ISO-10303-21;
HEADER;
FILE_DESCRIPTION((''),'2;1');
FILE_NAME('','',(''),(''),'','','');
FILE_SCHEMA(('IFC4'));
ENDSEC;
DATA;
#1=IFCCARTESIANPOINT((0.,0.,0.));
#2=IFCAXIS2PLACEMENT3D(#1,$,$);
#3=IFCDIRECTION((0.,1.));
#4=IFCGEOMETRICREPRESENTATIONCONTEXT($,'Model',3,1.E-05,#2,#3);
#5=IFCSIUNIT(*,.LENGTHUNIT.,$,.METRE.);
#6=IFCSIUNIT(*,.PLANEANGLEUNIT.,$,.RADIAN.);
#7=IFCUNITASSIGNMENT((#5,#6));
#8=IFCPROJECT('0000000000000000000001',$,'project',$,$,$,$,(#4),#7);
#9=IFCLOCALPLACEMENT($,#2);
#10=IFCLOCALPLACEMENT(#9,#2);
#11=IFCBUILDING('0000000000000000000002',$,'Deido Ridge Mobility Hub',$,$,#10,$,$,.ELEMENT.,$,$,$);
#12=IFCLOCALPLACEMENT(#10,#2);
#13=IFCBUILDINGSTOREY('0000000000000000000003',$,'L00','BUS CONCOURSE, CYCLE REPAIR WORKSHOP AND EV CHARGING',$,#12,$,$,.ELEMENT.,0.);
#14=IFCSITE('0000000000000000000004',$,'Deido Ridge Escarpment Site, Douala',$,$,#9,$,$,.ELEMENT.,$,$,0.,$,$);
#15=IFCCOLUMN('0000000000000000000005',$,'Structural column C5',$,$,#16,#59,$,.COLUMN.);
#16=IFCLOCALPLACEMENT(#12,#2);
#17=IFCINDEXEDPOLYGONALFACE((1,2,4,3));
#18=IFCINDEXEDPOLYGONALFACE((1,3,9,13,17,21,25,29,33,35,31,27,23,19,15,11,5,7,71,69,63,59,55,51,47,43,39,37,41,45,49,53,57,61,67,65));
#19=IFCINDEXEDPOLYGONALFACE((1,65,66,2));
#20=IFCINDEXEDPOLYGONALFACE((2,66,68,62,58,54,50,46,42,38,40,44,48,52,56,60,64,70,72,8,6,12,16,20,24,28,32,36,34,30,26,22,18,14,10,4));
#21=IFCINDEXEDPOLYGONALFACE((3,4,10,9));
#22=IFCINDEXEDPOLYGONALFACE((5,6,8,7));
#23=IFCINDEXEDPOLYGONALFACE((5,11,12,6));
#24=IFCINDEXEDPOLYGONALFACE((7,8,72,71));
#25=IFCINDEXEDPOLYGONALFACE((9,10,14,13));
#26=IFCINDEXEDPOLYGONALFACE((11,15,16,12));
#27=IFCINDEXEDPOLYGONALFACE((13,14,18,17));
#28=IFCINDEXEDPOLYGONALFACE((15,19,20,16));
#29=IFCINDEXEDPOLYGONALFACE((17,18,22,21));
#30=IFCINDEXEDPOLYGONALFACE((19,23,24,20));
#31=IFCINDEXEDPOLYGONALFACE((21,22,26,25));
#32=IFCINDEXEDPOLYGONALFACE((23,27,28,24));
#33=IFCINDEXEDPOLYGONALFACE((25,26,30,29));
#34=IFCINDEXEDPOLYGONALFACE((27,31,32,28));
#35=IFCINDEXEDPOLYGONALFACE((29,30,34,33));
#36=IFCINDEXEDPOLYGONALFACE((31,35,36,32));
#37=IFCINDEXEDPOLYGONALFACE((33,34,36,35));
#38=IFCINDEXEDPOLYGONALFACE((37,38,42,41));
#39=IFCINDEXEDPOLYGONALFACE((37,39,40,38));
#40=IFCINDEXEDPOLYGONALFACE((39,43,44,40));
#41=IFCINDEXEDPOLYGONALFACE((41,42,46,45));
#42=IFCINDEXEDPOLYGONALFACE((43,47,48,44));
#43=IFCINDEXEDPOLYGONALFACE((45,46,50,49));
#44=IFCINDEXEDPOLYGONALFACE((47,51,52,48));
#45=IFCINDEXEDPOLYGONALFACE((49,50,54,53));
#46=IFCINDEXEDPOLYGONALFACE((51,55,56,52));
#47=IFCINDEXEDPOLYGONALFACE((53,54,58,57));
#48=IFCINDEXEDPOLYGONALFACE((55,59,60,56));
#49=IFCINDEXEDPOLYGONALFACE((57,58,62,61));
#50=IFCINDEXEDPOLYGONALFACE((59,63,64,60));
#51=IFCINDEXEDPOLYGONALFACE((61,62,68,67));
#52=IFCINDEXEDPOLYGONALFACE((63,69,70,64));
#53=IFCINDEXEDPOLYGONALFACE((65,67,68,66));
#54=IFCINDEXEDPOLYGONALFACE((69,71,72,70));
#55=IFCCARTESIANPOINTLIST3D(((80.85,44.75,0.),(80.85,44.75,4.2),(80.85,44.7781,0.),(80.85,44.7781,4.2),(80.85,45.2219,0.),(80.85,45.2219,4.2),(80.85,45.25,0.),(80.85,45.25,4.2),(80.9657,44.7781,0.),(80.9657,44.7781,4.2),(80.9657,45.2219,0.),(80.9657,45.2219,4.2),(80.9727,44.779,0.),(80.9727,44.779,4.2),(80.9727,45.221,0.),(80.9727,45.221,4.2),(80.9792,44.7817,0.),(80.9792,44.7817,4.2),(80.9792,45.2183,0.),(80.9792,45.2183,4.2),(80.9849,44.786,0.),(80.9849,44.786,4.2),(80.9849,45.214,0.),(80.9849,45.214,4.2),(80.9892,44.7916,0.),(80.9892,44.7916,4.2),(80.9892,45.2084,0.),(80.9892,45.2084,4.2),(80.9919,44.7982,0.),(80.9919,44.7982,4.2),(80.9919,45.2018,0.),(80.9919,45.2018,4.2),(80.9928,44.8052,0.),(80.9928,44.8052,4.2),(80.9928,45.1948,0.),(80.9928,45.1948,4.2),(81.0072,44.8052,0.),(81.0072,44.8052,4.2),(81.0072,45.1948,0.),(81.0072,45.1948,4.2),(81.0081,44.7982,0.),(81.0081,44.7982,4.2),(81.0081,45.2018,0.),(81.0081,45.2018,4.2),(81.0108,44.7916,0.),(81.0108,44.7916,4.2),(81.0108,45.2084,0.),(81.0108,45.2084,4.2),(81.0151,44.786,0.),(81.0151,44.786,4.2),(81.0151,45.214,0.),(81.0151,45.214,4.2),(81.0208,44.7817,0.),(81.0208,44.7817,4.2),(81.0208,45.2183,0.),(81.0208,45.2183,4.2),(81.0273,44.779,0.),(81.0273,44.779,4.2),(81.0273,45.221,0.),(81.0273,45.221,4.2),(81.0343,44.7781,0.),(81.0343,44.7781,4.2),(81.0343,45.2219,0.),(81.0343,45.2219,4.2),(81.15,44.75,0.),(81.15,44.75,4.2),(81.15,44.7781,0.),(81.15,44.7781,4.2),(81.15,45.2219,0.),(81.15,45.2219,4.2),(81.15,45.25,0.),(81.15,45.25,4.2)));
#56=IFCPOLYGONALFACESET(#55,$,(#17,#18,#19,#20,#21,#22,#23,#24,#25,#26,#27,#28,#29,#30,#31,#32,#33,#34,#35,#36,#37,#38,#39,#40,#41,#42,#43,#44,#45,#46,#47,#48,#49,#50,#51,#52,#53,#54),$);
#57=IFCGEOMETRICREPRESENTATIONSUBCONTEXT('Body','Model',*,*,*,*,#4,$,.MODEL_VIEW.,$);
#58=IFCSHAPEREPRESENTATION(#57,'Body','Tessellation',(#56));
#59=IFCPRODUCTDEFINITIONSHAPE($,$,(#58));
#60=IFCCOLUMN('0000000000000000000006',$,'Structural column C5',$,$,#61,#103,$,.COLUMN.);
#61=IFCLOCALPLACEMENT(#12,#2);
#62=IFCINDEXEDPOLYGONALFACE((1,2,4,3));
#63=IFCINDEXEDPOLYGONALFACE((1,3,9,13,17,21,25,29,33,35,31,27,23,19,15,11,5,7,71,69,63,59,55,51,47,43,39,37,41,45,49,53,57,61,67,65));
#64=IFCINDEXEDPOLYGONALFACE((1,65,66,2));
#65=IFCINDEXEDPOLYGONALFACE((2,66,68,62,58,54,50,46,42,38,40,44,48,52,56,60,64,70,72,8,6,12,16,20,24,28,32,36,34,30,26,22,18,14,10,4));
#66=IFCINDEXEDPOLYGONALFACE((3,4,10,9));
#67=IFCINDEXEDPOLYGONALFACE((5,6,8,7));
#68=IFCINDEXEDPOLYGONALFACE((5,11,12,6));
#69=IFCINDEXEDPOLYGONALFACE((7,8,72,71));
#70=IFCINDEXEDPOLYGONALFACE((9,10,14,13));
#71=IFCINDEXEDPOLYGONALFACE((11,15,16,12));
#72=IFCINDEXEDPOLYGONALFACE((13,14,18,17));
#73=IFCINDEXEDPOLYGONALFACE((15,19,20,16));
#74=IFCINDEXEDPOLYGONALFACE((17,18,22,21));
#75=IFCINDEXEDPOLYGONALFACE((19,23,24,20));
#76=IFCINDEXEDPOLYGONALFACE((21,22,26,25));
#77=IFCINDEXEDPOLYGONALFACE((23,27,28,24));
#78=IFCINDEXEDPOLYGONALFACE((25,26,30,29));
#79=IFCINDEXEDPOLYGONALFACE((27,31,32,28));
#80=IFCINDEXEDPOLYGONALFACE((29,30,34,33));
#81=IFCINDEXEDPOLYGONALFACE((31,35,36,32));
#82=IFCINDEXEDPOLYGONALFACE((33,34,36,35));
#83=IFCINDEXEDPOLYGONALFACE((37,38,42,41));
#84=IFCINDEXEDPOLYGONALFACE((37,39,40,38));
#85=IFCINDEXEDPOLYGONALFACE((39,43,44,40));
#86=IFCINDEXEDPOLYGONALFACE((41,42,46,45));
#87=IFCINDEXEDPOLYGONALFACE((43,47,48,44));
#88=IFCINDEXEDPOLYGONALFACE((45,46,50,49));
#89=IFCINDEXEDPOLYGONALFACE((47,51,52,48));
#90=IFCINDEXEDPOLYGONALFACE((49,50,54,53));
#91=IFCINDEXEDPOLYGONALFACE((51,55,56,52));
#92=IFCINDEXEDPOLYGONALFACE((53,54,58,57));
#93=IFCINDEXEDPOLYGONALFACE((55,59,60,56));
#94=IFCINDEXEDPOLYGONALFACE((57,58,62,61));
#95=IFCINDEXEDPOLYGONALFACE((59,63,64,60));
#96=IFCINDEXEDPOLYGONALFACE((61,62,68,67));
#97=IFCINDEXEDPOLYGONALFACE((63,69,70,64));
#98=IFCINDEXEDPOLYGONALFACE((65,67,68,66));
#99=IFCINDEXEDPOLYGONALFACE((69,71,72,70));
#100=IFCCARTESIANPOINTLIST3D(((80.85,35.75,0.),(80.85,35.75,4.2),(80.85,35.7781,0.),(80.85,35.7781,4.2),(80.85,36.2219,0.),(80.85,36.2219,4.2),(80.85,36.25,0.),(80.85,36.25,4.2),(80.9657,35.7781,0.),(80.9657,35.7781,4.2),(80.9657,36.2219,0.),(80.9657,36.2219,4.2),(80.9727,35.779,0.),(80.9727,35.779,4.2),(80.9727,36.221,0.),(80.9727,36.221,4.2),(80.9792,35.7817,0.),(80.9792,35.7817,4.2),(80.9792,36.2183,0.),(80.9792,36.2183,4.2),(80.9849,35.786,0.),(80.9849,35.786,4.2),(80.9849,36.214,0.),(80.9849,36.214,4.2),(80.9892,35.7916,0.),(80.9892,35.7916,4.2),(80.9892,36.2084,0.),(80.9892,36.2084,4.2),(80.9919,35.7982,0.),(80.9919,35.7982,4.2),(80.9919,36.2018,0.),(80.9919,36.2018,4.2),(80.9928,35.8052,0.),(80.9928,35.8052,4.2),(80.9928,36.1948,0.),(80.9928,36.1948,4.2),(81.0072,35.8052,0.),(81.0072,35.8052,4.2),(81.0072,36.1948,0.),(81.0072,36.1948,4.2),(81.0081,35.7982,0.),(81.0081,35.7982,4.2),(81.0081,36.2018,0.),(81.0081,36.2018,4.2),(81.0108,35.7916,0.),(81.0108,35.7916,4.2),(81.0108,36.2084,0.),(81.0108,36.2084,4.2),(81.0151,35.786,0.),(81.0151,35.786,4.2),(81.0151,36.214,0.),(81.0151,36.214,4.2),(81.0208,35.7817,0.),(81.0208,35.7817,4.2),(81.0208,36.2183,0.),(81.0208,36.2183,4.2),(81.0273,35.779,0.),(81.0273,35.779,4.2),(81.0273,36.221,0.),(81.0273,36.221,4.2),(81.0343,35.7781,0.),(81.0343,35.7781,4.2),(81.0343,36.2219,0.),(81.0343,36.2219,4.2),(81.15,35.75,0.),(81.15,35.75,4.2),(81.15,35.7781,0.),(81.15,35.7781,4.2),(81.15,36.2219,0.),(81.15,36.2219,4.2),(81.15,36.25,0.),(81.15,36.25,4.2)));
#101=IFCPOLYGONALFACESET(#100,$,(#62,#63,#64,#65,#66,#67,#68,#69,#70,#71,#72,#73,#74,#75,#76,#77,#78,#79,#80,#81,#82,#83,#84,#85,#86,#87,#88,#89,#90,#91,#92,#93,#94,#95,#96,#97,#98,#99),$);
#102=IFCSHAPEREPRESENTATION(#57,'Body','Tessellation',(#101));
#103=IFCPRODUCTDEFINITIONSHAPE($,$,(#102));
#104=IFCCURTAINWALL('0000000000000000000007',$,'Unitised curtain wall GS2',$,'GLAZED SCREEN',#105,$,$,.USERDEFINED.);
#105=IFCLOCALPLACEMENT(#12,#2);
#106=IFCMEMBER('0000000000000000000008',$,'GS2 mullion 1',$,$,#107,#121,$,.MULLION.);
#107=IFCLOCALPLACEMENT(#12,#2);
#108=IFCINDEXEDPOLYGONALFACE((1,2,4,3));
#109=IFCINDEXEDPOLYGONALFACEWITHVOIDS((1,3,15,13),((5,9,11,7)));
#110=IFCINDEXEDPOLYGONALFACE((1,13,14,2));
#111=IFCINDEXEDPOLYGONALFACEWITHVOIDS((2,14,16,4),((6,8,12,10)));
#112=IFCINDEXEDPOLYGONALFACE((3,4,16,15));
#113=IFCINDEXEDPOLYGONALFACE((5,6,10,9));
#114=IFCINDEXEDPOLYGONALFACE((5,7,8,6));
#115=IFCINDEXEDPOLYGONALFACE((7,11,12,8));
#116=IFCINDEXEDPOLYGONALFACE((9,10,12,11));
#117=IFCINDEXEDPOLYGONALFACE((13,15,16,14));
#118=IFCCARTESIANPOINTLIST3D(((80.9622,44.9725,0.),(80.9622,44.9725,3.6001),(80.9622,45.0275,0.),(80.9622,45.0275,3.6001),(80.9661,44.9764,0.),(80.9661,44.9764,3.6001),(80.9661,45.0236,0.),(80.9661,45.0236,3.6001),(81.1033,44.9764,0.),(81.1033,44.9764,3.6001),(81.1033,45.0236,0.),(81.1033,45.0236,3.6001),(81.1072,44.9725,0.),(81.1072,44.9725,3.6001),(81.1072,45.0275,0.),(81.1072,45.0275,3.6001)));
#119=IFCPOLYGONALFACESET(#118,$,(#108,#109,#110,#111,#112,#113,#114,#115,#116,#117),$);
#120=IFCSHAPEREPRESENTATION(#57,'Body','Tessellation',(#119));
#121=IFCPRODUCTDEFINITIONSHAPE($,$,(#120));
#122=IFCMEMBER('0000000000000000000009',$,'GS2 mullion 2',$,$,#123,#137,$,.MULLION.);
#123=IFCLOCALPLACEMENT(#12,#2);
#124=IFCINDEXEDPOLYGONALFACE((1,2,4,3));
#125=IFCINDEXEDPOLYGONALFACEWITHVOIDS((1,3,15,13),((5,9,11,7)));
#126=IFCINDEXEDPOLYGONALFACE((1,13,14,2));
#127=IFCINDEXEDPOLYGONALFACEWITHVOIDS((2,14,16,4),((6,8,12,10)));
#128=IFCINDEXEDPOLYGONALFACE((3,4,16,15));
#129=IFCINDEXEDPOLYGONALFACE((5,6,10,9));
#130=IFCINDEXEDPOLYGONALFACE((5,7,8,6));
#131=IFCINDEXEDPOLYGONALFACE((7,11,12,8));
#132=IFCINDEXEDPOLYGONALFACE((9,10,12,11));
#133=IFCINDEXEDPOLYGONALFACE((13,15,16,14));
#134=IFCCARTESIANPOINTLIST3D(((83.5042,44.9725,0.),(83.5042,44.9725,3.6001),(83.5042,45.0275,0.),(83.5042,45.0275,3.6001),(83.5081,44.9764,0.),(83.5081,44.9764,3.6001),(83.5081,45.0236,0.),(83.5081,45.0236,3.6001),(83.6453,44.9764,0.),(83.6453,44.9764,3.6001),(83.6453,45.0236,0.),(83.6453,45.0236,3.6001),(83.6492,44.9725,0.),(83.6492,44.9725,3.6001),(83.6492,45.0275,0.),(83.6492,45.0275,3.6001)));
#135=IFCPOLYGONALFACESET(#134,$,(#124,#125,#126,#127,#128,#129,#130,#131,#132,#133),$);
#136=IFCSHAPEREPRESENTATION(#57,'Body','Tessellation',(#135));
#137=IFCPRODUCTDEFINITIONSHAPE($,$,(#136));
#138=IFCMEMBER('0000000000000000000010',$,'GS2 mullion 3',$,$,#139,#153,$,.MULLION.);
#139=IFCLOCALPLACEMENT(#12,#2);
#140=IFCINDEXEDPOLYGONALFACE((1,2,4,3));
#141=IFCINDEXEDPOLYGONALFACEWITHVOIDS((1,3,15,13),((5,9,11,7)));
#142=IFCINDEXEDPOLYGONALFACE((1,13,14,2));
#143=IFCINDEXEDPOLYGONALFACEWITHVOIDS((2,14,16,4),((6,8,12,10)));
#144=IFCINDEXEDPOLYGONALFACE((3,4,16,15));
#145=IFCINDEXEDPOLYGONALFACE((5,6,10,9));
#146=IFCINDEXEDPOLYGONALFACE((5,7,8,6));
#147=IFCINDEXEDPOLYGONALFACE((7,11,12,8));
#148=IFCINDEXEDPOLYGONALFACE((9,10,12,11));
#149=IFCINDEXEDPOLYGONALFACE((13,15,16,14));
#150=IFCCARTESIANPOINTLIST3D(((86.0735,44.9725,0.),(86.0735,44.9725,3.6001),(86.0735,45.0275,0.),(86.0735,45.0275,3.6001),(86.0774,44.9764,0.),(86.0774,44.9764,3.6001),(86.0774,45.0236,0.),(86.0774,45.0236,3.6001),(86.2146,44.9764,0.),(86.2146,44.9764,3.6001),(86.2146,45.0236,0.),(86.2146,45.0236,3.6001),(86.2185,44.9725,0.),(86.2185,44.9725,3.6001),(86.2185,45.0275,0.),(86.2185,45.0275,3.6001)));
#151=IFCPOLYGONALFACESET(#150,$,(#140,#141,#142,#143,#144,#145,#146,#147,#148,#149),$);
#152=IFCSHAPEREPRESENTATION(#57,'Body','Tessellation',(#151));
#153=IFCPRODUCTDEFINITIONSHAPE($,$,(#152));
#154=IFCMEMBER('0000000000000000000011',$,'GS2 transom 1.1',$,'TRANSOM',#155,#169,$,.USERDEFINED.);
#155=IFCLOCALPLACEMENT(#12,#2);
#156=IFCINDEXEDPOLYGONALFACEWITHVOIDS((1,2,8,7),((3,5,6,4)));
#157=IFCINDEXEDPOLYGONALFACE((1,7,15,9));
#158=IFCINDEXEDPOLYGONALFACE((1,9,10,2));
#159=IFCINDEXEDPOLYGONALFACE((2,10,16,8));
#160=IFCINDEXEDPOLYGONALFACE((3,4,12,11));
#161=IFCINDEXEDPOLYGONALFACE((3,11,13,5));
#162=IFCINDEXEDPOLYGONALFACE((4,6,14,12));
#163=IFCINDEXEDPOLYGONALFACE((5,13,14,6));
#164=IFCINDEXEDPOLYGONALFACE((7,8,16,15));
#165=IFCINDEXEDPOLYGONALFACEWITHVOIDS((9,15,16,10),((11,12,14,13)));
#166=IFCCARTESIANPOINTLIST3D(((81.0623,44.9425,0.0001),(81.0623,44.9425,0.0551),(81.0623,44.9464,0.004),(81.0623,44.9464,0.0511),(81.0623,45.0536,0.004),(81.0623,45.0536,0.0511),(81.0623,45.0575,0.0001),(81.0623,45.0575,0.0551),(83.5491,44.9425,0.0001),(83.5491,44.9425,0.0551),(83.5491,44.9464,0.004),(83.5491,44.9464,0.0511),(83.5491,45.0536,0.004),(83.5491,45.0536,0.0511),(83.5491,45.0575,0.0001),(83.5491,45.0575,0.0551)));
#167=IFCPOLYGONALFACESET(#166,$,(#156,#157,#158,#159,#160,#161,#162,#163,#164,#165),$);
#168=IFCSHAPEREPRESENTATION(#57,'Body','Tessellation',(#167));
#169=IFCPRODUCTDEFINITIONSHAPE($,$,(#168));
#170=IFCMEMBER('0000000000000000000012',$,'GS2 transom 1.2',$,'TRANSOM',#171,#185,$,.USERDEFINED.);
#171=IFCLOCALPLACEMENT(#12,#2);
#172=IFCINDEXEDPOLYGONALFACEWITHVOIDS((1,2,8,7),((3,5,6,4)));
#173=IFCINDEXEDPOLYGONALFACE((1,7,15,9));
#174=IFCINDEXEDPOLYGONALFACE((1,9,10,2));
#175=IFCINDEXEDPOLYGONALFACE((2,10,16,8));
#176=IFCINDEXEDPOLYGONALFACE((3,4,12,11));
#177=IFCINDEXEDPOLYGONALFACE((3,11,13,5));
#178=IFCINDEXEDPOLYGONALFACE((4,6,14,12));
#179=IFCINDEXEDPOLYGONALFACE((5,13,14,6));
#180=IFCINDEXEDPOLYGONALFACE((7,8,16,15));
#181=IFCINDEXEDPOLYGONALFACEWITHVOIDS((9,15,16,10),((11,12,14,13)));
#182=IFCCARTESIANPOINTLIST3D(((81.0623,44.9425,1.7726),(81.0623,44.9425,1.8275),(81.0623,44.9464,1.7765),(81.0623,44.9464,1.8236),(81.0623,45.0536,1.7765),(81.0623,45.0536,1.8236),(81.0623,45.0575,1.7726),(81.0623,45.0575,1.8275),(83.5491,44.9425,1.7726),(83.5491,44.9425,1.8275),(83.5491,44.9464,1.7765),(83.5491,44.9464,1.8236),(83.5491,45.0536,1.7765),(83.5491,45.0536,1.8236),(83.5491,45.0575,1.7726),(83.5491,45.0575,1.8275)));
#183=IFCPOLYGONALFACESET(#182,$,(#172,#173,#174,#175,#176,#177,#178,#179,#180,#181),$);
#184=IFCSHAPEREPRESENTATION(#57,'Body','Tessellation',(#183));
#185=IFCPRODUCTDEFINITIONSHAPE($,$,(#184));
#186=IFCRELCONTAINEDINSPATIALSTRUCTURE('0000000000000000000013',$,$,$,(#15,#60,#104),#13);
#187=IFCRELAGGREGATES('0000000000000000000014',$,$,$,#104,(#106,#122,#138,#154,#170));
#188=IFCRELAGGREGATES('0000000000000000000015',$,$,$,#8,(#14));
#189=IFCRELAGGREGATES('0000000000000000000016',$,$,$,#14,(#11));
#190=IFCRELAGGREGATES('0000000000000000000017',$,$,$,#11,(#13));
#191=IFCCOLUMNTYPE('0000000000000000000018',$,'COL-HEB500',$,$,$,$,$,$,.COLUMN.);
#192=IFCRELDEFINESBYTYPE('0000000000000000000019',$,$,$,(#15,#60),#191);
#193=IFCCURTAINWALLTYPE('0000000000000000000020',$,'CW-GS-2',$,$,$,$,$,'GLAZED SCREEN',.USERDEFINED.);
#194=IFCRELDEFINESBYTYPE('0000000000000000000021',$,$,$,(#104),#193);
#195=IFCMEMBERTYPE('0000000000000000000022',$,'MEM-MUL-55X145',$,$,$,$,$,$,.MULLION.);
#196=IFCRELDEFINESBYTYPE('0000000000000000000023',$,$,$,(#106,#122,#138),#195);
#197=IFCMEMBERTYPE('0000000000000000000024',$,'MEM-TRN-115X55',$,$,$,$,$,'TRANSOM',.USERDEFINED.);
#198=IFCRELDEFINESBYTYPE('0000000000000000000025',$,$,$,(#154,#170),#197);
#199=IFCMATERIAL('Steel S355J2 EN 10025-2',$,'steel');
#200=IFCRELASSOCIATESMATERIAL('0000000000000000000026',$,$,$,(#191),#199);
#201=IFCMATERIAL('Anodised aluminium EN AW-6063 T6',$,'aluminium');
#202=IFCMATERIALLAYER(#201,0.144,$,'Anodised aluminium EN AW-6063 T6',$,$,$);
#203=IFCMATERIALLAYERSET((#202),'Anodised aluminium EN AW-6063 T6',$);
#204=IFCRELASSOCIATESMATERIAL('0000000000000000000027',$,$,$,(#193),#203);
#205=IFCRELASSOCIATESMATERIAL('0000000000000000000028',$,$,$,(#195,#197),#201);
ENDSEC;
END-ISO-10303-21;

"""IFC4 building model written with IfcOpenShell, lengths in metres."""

from ifc_helpers import new_model, si_unit, direction, frame, origin, origin_2d, place, context, subcontext, project, spatial, hollow_rectangle, i_section, extrude, material, layer, layer_set, material_profile, profile_set, type_object, element, aggregate, save


model = new_model("IFC4")

# Units and contexts
model_context = context("Model", 3, precision=1e-05, world=origin(), true_north=direction((0.0, 1.0)))
body_context = subcontext(model_context, "Body", "Model", "MODEL_VIEW")
ifc_project = project(units=[si_unit("LENGTHUNIT", "METRE"), si_unit("PLANEANGLEUNIT", "RADIAN")], contexts=[model_context])

# Site, building, storey
site_placement = place(None, origin())
site = spatial("IfcSite", under=ifc_project, at=site_placement, Name="Deido Ridge Escarpment Site, Douala", CompositionType="ELEMENT", RefElevation=0.0)
building_placement = place(site_placement, origin())
building = spatial("IfcBuilding", under=site, at=building_placement, Name="Deido Ridge Mobility Hub", CompositionType="ELEMENT")
storey_placement = place(building_placement, origin())
storey = spatial("IfcBuildingStorey", under=building, at=storey_placement, Name="L00", Description="BUS CONCOURSE, CYCLE REPAIR WORKSHOP AND EV CHARGING", CompositionType="ELEMENT", Elevation=0.0)

# Columns
ifc_material_1 = material(Name="Steel S355J2 EN 10025-2", Category="steel")
ifc_material_profile_1 = material_profile(ifc_material_1, i_section(OverallWidth=0.3, OverallDepth=0.5, WebThickness=0.0144, FlangeThickness=0.0281, FilletRadius=0.0271, at=origin_2d()), Name="HEB 500")
ifc_profile_set_1 = profile_set([ifc_material_profile_1], Name="Steel S355J2 EN 10025-2")
column_type = type_object("IfcColumnType", Name="COL-HEB500", PredefinedType="COLUMN", material=ifc_profile_set_1)
for number, where, z_axis, x_axis, name in (
    (1, (81.0, 45.0, 0.0), (0.0, 0.0, 1.0), (1.0, 0.0, 0.0), "Structural column C5"),
    (2, (81.0, 36.0, 0.0), (0.0, 0.0, 1.0), (1.0, 0.0, 0.0), "Structural column C5"),
):
    element("IfcColumn", number, at=place(storey_placement, frame(where, z_axis=z_axis, x_axis=x_axis)), inside=storey, type_object=column_type, Name=name, PredefinedType="COLUMN", context=body_context, shape_type="SweptSolid", body=[
        extrude(i_section(OverallWidth=0.3, OverallDepth=0.5, WebThickness=0.0144, FlangeThickness=0.0281, FilletRadius=0.0271, at=origin_2d()), origin(), (0.0, 0.0, 1.0), 4.2),
    ])

# Curtain wall, members
ifc_material_2 = material(Name="Anodised aluminium EN AW-6063 T6", Category="aluminium")
ifc_layer_1 = layer(ifc_material_2, 0.144, Name="Anodised aluminium EN AW-6063 T6")
ifc_layer_set_1 = layer_set([ifc_layer_1], Name="Anodised aluminium EN AW-6063 T6")
curtain_wall_type = type_object("IfcCurtainWallType", Name="CW-GS-2", ElementType="GLAZED SCREEN", PredefinedType="USERDEFINED", material=ifc_layer_set_1)
curtain_wall_placement = place(storey_placement, origin())
curtain_wall = element("IfcCurtainWall", 3, at=curtain_wall_placement, inside=storey, type_object=curtain_wall_type, Name="Unitised curtain wall GS2", ObjectType="GLAZED SCREEN", PredefinedType="USERDEFINED")
ifc_material_profile_2 = material_profile(ifc_material_2, hollow_rectangle(XDim=0.0549, YDim=0.145, WallThickness=0.0039, at=origin_2d()), Name="RHS 55x145x4")
ifc_profile_set_2 = profile_set([ifc_material_profile_2], Name="Anodised aluminium EN AW-6063 T6")
member_type_1 = type_object("IfcMemberType", Name="MEM-MUL-55X145", PredefinedType="MULLION", material=ifc_profile_set_2)
member_1_placement = place(storey_placement, frame((81.0347, 45.0, 0.0), z_axis=(0.0, 0.0, 1.0), x_axis=(0.0, 1.0, 0.0)))
member_1 = element("IfcMember", 4, at=member_1_placement, type_object=member_type_1, Name="GS2 mullion 1", PredefinedType="MULLION", context=body_context, shape_type="SweptSolid", body=[
    extrude(hollow_rectangle(XDim=0.0549, YDim=0.145, WallThickness=0.0039, at=origin_2d()), origin(), (0.0, 0.0, 1.0), 3.6001),
])
member_2_placement = place(storey_placement, frame((83.5767, 45.0, 0.0), z_axis=(0.0, 0.0, 1.0), x_axis=(0.0, 1.0, 0.0)))
member_2 = element("IfcMember", 5, at=member_2_placement, type_object=member_type_1, Name="GS2 mullion 2", PredefinedType="MULLION", context=body_context, shape_type="SweptSolid", body=[
    extrude(hollow_rectangle(XDim=0.0549, YDim=0.145, WallThickness=0.0039, at=origin_2d()), origin(), (0.0, 0.0, 1.0), 3.6001),
])
member_3_placement = place(storey_placement, frame((86.146, 45.0, 0.0), z_axis=(0.0, 0.0, 1.0), x_axis=(0.0, 1.0, 0.0)))
member_3 = element("IfcMember", 6, at=member_3_placement, type_object=member_type_1, Name="GS2 mullion 3", PredefinedType="MULLION", context=body_context, shape_type="SweptSolid", body=[
    extrude(hollow_rectangle(XDim=0.0549, YDim=0.145, WallThickness=0.0039, at=origin_2d()), origin(), (0.0, 0.0, 1.0), 3.6001),
])
ifc_material_profile_3 = material_profile(ifc_material_2, hollow_rectangle(XDim=0.115, YDim=0.0549, WallThickness=0.0039, at=origin_2d()), Name="RHS 115x55x4")
ifc_profile_set_3 = profile_set([ifc_material_profile_3], Name="Anodised aluminium EN AW-6063 T6")
member_type_2 = type_object("IfcMemberType", Name="MEM-TRN-115X55", ElementType="TRANSOM", PredefinedType="USERDEFINED", material=ifc_profile_set_3)
member_4_placement = place(storey_placement, frame((81.0623, 45.0, 0.0276), z_axis=(1.0, 0.0, 0.0), x_axis=(0.0, 1.0, 0.0)))
member_4 = element("IfcMember", 7, at=member_4_placement, type_object=member_type_2, Name="GS2 transom 1.1", ObjectType="TRANSOM", PredefinedType="USERDEFINED", context=body_context, shape_type="SweptSolid", body=[
    extrude(hollow_rectangle(XDim=0.115, YDim=0.0549, WallThickness=0.0039, at=origin_2d()), origin(), (0.0, 0.0, 1.0), 2.4868),
])
member_5_placement = place(storey_placement, frame((81.0623, 45.0, 1.8), z_axis=(1.0, 0.0, 0.0), x_axis=(0.0, 1.0, 0.0)))
member_5 = element("IfcMember", 8, at=member_5_placement, type_object=member_type_2, Name="GS2 transom 1.2", ObjectType="TRANSOM", PredefinedType="USERDEFINED", context=body_context, shape_type="SweptSolid", body=[
    extrude(hollow_rectangle(XDim=0.115, YDim=0.0549, WallThickness=0.0039, at=origin_2d()), origin(), (0.0, 0.0, 1.0), 2.4868),
])

aggregate(curtain_wall, [member_1, member_2, member_3, member_4, member_5])

save(model, "model.ifc")
